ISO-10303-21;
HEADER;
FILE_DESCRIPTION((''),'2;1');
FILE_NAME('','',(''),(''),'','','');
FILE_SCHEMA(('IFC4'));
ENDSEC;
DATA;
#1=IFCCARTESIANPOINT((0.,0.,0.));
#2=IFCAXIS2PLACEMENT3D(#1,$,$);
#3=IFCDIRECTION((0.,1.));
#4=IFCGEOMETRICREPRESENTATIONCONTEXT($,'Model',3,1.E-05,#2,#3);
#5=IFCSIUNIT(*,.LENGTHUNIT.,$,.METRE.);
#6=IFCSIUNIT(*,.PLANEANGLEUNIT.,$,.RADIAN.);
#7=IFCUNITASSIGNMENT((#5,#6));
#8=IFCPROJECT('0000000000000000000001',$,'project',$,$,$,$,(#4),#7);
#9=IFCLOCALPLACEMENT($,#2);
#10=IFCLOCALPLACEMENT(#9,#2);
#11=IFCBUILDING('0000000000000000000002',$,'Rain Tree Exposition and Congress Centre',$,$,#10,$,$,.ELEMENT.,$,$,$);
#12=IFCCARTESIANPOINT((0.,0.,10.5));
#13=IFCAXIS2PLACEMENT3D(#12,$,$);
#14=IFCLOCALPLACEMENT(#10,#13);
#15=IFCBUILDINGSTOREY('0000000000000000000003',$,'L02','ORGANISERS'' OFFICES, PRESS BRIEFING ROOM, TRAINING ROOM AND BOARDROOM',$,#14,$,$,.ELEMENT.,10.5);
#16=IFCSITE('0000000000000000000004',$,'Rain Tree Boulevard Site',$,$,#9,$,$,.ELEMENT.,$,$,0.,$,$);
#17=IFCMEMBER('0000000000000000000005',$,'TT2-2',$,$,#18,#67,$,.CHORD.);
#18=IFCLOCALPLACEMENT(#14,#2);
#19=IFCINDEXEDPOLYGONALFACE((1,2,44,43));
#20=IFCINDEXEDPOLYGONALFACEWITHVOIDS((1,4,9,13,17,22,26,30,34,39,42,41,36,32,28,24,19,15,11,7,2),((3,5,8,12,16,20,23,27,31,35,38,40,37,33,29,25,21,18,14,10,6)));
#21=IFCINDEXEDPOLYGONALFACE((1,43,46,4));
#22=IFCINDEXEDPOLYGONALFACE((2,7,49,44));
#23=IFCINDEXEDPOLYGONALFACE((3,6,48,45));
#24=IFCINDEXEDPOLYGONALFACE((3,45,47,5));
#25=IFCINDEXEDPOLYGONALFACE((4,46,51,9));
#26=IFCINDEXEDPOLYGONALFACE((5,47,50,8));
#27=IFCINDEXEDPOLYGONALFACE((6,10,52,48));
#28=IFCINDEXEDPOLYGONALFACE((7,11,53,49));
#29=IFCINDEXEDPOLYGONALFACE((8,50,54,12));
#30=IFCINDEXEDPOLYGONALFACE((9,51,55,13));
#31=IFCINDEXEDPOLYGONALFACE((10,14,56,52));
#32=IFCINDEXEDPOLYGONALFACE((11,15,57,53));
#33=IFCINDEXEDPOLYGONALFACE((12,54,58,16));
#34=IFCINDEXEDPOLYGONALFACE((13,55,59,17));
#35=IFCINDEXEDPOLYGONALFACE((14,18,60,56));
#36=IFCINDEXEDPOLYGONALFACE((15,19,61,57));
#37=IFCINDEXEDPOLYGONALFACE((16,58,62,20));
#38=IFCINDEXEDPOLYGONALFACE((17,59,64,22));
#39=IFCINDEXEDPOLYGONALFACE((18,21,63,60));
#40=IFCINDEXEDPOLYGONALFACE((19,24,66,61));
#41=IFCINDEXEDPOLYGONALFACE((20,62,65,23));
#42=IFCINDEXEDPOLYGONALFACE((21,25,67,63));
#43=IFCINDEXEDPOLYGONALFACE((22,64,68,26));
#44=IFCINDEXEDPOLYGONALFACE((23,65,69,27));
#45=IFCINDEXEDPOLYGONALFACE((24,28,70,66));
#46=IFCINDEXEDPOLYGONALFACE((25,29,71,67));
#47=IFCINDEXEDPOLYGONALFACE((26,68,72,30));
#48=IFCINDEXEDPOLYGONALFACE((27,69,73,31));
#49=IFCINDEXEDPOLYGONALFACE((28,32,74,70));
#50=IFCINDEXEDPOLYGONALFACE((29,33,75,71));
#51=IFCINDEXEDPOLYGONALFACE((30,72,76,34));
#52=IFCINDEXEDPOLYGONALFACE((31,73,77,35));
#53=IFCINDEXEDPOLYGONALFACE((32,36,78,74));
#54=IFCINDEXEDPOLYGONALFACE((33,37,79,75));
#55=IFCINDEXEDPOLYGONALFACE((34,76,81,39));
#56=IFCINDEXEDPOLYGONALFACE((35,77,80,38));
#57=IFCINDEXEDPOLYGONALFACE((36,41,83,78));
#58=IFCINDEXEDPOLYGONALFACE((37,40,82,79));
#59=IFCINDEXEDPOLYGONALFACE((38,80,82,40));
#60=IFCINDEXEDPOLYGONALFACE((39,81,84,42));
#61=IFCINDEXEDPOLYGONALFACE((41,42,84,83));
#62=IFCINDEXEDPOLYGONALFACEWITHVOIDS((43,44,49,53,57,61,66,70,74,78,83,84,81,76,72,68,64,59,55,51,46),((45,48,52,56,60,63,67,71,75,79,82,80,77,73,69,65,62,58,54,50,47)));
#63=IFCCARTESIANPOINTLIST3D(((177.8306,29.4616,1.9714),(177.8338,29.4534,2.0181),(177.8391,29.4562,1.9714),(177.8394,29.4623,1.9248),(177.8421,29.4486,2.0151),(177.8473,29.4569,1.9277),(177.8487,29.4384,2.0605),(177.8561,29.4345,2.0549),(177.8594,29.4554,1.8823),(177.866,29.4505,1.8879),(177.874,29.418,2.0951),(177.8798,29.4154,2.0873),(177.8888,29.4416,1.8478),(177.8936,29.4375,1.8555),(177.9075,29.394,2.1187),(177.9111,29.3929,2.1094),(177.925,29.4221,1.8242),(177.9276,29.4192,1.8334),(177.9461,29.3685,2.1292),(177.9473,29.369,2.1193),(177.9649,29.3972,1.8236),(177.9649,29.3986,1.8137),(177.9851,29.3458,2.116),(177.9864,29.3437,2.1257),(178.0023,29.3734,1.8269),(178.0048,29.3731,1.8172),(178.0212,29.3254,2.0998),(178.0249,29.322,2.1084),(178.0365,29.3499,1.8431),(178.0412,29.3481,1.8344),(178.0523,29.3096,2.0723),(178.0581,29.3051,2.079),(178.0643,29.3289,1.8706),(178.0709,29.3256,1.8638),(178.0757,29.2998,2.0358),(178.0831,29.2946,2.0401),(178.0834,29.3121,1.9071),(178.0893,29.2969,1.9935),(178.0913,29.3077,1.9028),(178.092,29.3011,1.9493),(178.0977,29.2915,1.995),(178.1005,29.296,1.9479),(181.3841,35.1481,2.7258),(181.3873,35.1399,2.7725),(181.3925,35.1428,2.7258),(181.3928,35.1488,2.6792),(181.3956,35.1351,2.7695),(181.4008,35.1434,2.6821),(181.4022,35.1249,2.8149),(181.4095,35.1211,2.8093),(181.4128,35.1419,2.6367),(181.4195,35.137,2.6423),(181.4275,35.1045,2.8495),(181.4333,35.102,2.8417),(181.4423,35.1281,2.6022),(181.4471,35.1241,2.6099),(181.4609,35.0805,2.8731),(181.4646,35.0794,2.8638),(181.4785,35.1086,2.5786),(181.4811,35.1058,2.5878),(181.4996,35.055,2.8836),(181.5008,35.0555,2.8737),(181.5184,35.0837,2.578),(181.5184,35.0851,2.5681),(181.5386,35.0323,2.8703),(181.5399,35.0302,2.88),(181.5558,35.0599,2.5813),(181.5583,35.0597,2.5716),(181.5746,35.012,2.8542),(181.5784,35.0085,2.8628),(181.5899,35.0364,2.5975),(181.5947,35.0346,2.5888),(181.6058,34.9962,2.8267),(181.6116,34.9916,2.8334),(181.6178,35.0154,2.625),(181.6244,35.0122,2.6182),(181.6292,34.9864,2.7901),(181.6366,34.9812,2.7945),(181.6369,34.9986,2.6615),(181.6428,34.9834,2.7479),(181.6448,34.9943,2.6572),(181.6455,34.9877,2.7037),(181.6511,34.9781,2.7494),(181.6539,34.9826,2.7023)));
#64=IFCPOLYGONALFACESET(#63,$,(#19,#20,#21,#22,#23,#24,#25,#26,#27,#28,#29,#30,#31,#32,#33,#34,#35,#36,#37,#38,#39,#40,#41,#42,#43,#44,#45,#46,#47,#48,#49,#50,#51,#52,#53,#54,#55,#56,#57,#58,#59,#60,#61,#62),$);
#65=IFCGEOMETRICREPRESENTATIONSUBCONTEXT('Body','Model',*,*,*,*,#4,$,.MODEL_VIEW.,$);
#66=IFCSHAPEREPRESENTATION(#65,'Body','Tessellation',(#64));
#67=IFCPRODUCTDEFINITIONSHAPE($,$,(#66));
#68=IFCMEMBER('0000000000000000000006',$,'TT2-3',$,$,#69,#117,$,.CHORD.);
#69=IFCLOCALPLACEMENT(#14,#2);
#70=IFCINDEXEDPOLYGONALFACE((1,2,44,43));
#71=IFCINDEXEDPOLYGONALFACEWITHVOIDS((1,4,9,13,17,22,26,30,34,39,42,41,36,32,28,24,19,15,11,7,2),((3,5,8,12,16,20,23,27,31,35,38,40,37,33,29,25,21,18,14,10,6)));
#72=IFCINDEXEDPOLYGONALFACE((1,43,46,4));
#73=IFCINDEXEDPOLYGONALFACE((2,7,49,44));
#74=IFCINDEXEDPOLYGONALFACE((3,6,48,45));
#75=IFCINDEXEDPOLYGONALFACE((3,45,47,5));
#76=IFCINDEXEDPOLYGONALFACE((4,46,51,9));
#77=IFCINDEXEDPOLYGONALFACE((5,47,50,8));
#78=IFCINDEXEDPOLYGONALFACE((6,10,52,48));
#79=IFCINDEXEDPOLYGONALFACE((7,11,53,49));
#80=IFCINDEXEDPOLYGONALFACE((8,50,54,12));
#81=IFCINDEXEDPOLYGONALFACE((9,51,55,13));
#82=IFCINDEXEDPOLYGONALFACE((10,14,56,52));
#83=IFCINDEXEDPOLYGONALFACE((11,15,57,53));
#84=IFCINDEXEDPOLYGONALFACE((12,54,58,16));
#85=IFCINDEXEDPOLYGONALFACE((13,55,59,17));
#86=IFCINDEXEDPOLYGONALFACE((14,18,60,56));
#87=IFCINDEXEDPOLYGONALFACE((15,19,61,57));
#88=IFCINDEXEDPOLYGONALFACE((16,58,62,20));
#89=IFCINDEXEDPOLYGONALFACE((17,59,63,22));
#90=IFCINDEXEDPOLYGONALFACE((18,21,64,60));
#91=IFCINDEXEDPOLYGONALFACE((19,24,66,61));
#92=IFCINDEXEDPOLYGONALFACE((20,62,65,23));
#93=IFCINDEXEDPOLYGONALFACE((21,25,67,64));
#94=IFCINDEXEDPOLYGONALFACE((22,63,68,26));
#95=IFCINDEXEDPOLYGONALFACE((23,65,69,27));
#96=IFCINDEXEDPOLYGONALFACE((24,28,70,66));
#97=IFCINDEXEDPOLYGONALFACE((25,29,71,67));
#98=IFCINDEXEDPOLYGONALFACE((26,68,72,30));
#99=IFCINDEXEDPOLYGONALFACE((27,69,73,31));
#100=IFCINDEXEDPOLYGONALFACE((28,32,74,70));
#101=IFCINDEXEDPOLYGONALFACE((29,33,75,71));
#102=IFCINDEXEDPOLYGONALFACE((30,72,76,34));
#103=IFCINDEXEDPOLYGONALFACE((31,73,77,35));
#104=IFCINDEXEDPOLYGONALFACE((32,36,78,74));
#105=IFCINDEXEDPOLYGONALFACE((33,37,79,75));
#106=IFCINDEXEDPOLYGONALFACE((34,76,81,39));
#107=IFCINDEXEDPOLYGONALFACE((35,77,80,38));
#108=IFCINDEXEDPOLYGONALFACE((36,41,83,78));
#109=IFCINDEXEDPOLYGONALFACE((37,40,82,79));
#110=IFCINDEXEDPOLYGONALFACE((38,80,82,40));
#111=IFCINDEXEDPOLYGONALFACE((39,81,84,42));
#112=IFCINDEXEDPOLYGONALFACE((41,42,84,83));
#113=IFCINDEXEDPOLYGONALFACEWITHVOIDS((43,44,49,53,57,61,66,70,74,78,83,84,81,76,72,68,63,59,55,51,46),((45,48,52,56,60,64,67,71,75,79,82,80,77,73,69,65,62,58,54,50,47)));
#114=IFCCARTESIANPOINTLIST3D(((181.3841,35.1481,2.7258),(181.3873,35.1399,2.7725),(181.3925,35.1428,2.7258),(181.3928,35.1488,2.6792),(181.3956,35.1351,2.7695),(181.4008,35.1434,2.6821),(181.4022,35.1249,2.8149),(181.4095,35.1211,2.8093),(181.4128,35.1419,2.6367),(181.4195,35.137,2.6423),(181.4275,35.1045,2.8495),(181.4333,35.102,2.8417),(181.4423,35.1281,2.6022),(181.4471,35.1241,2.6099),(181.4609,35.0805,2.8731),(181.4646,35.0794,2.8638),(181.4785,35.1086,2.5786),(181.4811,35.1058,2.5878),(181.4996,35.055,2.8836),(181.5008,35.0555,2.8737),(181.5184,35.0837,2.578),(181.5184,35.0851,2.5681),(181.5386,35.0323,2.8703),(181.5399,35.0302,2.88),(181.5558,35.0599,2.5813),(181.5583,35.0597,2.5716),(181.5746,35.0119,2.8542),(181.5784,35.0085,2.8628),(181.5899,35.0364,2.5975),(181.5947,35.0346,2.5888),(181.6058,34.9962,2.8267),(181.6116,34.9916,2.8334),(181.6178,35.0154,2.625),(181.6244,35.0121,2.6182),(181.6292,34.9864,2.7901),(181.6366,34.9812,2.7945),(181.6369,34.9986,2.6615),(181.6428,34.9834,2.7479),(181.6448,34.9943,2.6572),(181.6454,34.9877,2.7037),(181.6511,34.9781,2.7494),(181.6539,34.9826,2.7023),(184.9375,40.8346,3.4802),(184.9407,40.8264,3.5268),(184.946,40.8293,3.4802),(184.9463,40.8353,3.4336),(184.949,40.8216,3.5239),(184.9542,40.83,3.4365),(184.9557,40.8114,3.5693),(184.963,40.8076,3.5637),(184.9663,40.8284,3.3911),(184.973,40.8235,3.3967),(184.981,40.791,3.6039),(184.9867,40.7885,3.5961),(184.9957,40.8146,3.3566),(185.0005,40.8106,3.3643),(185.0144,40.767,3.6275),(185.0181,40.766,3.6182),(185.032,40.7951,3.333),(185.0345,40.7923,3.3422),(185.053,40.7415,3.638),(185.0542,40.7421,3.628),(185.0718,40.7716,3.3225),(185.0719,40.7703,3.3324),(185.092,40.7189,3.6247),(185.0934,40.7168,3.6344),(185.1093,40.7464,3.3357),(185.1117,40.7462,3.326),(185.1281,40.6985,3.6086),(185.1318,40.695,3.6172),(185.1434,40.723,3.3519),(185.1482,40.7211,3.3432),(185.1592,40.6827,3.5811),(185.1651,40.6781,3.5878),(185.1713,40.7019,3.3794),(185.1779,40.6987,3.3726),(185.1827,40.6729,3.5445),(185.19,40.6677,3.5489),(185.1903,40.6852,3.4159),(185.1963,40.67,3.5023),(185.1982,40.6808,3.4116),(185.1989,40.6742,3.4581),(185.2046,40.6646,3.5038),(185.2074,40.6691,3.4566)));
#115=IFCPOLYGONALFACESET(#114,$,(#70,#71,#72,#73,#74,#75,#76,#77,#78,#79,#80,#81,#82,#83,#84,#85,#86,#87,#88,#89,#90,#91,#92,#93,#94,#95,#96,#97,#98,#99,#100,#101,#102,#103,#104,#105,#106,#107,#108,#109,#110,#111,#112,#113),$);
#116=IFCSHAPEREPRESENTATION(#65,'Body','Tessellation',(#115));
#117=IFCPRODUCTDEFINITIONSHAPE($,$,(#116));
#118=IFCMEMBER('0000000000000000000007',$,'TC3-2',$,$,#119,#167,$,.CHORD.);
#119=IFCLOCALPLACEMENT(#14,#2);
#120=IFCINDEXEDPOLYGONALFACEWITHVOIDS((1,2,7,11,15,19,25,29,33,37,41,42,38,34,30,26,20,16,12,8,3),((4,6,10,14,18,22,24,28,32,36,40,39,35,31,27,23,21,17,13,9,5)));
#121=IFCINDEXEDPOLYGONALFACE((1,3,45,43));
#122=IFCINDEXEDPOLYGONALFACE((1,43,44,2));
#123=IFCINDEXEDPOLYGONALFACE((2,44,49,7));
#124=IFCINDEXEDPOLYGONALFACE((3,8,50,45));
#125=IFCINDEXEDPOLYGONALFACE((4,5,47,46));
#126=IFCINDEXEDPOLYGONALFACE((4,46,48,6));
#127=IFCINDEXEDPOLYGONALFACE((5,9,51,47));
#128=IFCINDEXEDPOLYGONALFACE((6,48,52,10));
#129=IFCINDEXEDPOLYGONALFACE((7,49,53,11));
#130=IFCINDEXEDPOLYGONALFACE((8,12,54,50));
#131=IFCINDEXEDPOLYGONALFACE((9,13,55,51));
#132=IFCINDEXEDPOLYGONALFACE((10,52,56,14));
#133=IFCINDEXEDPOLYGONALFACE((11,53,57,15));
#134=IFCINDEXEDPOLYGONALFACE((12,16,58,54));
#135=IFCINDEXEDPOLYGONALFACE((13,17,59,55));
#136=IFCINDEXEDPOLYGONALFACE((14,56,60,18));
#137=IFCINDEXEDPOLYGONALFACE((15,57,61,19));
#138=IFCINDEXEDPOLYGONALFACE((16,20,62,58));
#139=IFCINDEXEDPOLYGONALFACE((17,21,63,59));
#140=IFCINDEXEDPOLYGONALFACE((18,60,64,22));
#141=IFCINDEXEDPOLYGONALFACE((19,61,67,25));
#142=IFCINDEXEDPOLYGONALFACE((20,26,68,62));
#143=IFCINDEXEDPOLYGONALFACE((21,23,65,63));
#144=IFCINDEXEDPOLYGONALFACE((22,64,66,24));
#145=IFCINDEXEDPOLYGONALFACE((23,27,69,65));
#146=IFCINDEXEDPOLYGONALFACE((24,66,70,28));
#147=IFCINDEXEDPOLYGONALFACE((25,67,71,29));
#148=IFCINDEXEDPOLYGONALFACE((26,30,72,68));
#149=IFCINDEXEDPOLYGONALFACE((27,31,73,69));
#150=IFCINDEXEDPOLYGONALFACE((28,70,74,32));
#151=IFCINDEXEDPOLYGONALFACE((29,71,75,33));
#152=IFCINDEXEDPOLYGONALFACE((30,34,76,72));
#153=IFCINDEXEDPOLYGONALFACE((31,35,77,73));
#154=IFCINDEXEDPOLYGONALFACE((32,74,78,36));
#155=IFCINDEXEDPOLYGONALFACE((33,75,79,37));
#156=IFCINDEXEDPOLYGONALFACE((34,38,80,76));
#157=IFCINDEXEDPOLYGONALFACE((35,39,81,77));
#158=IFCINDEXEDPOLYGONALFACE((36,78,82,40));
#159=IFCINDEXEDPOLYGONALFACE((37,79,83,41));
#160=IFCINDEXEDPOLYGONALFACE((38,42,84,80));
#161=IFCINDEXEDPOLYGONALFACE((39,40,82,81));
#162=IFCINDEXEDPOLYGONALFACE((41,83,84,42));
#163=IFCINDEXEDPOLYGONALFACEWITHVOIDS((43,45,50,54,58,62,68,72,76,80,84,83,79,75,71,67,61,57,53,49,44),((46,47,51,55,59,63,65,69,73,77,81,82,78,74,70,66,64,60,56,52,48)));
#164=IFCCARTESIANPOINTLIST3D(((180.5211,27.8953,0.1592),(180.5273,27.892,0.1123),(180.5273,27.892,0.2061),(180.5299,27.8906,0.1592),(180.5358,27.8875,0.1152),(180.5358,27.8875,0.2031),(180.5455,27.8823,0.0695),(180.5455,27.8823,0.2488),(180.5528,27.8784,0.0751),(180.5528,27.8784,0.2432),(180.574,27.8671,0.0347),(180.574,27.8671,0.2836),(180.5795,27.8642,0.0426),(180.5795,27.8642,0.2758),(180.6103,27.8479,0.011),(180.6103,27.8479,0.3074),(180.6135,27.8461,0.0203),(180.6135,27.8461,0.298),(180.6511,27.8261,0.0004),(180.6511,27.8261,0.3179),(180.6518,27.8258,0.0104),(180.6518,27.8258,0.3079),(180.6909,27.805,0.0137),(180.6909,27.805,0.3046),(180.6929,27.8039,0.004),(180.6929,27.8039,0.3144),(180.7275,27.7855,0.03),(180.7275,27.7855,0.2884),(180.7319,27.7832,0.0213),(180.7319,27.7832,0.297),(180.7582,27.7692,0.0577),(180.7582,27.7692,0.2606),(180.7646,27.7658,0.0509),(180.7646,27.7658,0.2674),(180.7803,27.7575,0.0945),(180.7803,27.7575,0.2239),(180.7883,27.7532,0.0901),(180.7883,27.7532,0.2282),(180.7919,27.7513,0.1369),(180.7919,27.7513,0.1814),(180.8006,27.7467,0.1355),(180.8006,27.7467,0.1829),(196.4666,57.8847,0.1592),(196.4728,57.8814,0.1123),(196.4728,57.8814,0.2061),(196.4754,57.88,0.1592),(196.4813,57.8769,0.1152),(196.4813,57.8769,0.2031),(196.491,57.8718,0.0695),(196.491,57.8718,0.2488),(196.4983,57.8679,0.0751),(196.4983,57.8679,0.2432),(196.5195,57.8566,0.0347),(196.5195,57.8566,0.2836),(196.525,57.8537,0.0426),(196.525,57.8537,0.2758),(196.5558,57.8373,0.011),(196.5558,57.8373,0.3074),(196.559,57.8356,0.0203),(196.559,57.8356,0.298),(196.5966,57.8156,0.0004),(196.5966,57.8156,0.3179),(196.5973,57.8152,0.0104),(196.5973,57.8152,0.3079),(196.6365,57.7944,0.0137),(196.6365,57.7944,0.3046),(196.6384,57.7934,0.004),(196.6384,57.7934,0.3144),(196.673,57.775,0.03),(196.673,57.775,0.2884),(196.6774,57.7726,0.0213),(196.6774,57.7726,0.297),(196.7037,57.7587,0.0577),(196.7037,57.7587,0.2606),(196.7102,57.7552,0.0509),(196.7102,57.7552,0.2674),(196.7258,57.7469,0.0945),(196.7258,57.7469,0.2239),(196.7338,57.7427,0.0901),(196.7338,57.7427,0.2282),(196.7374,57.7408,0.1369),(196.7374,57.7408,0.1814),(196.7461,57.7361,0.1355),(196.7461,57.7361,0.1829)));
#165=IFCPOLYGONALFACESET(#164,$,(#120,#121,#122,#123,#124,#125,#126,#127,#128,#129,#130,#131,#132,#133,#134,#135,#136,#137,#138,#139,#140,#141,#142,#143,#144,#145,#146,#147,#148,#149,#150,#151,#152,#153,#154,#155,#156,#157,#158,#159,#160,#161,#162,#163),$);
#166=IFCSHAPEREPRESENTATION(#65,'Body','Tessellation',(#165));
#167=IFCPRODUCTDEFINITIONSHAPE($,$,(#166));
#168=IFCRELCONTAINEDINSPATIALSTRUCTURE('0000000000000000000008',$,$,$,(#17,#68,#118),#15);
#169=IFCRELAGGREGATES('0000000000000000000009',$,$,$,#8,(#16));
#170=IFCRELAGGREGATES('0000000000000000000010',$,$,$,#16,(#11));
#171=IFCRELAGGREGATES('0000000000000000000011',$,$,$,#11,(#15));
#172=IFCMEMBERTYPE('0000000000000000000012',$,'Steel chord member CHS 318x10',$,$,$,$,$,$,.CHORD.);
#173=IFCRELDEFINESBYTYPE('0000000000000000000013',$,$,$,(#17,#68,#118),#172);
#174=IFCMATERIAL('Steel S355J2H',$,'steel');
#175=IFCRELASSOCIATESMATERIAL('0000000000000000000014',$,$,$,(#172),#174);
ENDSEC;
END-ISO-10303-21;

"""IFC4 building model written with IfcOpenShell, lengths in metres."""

from ifc_helpers import new_model, si_unit, direction, frame, origin, origin_2d, place, context, subcontext, project, spatial, hollow_circle, extrude, material, material_profile, profile_set, type_object, element, save


model = new_model("IFC4")

# Units and contexts
model_context = context("Model", 3, precision=1e-05, world=origin(), true_north=direction((0.0, 1.0)))
body_context = subcontext(model_context, "Body", "Model", "MODEL_VIEW")
ifc_project = project(units=[si_unit("LENGTHUNIT", "METRE"), si_unit("PLANEANGLEUNIT", "RADIAN")], contexts=[model_context])

# Site, building, storey
site_placement = place(None, origin())
site = spatial("IfcSite", under=ifc_project, at=site_placement, Name="Rain Tree Boulevard Site", CompositionType="ELEMENT", RefElevation=0.0)
building_placement = place(site_placement, origin())
building = spatial("IfcBuilding", under=site, at=building_placement, Name="Rain Tree Exposition and Congress Centre", CompositionType="ELEMENT")
storey_placement = place(building_placement, frame((0.0, 0.0, 10.5)))
storey = spatial("IfcBuildingStorey", under=building, at=storey_placement, Name="L02", Description="ORGANISERS' OFFICES, PRESS BRIEFING ROOM, TRAINING ROOM AND BOARDROOM", CompositionType="ELEMENT", Elevation=10.5)

# Members
ifc_material_1 = material(Name="Steel S355J2H", Category="steel")
ifc_material_profile_1 = material_profile(ifc_material_1, hollow_circle(Radius=0.1592, WallThickness=0.01, at=origin_2d()), Name="CHS 318x10")
ifc_profile_set_1 = profile_set([ifc_material_profile_1], Name="Steel S355J2H")
member_type_1 = type_object("IfcMemberType", Name="Steel chord member CHS 318x10", PredefinedType="CHORD", material=ifc_profile_set_1)
for number, where, z_axis, x_axis, name in (
    (1, (177.9656, 29.3772, 1.9714), (0.526611, 0.842723, 0.111799), (-0.848039, 0.529933, 0.0), "TT2-2"),
    (2, (181.519, 35.0637, 2.7258), (0.526611, 0.842723, 0.111799), (-0.848039, 0.529933, 0.0), "TT2-3"),
):
    element("IfcMember", number, at=place(storey_placement, frame(where, z_axis=z_axis, x_axis=x_axis)), inside=storey, type_object=member_type_1, Name=name, PredefinedType="CHORD", context=body_context, shape_type="SweptSolid", body=[
        extrude(hollow_circle(Radius=0.1592, WallThickness=0.01, at=origin_2d()), origin(), (0.0, 0.0, 1.0), 6.7478),
    ])
member_1_placement = place(storey_placement, frame((180.6616, 27.8206, 0.1592), z_axis=(0.469468, 0.882949, 0.0), x_axis=(-0.882949, 0.469468, 0.0)))
element("IfcMember", 3, at=member_1_placement, inside=storey, type_object=member_type_1, Name="TC3-2", PredefinedType="CHORD", context=body_context, shape_type="SweptSolid", body=[
    extrude(hollow_circle(Radius=0.1592, WallThickness=0.01, at=origin_2d()), origin(), (0.0, 0.0, 1.0), 33.9651),
])

save(model, "model.ifc")
